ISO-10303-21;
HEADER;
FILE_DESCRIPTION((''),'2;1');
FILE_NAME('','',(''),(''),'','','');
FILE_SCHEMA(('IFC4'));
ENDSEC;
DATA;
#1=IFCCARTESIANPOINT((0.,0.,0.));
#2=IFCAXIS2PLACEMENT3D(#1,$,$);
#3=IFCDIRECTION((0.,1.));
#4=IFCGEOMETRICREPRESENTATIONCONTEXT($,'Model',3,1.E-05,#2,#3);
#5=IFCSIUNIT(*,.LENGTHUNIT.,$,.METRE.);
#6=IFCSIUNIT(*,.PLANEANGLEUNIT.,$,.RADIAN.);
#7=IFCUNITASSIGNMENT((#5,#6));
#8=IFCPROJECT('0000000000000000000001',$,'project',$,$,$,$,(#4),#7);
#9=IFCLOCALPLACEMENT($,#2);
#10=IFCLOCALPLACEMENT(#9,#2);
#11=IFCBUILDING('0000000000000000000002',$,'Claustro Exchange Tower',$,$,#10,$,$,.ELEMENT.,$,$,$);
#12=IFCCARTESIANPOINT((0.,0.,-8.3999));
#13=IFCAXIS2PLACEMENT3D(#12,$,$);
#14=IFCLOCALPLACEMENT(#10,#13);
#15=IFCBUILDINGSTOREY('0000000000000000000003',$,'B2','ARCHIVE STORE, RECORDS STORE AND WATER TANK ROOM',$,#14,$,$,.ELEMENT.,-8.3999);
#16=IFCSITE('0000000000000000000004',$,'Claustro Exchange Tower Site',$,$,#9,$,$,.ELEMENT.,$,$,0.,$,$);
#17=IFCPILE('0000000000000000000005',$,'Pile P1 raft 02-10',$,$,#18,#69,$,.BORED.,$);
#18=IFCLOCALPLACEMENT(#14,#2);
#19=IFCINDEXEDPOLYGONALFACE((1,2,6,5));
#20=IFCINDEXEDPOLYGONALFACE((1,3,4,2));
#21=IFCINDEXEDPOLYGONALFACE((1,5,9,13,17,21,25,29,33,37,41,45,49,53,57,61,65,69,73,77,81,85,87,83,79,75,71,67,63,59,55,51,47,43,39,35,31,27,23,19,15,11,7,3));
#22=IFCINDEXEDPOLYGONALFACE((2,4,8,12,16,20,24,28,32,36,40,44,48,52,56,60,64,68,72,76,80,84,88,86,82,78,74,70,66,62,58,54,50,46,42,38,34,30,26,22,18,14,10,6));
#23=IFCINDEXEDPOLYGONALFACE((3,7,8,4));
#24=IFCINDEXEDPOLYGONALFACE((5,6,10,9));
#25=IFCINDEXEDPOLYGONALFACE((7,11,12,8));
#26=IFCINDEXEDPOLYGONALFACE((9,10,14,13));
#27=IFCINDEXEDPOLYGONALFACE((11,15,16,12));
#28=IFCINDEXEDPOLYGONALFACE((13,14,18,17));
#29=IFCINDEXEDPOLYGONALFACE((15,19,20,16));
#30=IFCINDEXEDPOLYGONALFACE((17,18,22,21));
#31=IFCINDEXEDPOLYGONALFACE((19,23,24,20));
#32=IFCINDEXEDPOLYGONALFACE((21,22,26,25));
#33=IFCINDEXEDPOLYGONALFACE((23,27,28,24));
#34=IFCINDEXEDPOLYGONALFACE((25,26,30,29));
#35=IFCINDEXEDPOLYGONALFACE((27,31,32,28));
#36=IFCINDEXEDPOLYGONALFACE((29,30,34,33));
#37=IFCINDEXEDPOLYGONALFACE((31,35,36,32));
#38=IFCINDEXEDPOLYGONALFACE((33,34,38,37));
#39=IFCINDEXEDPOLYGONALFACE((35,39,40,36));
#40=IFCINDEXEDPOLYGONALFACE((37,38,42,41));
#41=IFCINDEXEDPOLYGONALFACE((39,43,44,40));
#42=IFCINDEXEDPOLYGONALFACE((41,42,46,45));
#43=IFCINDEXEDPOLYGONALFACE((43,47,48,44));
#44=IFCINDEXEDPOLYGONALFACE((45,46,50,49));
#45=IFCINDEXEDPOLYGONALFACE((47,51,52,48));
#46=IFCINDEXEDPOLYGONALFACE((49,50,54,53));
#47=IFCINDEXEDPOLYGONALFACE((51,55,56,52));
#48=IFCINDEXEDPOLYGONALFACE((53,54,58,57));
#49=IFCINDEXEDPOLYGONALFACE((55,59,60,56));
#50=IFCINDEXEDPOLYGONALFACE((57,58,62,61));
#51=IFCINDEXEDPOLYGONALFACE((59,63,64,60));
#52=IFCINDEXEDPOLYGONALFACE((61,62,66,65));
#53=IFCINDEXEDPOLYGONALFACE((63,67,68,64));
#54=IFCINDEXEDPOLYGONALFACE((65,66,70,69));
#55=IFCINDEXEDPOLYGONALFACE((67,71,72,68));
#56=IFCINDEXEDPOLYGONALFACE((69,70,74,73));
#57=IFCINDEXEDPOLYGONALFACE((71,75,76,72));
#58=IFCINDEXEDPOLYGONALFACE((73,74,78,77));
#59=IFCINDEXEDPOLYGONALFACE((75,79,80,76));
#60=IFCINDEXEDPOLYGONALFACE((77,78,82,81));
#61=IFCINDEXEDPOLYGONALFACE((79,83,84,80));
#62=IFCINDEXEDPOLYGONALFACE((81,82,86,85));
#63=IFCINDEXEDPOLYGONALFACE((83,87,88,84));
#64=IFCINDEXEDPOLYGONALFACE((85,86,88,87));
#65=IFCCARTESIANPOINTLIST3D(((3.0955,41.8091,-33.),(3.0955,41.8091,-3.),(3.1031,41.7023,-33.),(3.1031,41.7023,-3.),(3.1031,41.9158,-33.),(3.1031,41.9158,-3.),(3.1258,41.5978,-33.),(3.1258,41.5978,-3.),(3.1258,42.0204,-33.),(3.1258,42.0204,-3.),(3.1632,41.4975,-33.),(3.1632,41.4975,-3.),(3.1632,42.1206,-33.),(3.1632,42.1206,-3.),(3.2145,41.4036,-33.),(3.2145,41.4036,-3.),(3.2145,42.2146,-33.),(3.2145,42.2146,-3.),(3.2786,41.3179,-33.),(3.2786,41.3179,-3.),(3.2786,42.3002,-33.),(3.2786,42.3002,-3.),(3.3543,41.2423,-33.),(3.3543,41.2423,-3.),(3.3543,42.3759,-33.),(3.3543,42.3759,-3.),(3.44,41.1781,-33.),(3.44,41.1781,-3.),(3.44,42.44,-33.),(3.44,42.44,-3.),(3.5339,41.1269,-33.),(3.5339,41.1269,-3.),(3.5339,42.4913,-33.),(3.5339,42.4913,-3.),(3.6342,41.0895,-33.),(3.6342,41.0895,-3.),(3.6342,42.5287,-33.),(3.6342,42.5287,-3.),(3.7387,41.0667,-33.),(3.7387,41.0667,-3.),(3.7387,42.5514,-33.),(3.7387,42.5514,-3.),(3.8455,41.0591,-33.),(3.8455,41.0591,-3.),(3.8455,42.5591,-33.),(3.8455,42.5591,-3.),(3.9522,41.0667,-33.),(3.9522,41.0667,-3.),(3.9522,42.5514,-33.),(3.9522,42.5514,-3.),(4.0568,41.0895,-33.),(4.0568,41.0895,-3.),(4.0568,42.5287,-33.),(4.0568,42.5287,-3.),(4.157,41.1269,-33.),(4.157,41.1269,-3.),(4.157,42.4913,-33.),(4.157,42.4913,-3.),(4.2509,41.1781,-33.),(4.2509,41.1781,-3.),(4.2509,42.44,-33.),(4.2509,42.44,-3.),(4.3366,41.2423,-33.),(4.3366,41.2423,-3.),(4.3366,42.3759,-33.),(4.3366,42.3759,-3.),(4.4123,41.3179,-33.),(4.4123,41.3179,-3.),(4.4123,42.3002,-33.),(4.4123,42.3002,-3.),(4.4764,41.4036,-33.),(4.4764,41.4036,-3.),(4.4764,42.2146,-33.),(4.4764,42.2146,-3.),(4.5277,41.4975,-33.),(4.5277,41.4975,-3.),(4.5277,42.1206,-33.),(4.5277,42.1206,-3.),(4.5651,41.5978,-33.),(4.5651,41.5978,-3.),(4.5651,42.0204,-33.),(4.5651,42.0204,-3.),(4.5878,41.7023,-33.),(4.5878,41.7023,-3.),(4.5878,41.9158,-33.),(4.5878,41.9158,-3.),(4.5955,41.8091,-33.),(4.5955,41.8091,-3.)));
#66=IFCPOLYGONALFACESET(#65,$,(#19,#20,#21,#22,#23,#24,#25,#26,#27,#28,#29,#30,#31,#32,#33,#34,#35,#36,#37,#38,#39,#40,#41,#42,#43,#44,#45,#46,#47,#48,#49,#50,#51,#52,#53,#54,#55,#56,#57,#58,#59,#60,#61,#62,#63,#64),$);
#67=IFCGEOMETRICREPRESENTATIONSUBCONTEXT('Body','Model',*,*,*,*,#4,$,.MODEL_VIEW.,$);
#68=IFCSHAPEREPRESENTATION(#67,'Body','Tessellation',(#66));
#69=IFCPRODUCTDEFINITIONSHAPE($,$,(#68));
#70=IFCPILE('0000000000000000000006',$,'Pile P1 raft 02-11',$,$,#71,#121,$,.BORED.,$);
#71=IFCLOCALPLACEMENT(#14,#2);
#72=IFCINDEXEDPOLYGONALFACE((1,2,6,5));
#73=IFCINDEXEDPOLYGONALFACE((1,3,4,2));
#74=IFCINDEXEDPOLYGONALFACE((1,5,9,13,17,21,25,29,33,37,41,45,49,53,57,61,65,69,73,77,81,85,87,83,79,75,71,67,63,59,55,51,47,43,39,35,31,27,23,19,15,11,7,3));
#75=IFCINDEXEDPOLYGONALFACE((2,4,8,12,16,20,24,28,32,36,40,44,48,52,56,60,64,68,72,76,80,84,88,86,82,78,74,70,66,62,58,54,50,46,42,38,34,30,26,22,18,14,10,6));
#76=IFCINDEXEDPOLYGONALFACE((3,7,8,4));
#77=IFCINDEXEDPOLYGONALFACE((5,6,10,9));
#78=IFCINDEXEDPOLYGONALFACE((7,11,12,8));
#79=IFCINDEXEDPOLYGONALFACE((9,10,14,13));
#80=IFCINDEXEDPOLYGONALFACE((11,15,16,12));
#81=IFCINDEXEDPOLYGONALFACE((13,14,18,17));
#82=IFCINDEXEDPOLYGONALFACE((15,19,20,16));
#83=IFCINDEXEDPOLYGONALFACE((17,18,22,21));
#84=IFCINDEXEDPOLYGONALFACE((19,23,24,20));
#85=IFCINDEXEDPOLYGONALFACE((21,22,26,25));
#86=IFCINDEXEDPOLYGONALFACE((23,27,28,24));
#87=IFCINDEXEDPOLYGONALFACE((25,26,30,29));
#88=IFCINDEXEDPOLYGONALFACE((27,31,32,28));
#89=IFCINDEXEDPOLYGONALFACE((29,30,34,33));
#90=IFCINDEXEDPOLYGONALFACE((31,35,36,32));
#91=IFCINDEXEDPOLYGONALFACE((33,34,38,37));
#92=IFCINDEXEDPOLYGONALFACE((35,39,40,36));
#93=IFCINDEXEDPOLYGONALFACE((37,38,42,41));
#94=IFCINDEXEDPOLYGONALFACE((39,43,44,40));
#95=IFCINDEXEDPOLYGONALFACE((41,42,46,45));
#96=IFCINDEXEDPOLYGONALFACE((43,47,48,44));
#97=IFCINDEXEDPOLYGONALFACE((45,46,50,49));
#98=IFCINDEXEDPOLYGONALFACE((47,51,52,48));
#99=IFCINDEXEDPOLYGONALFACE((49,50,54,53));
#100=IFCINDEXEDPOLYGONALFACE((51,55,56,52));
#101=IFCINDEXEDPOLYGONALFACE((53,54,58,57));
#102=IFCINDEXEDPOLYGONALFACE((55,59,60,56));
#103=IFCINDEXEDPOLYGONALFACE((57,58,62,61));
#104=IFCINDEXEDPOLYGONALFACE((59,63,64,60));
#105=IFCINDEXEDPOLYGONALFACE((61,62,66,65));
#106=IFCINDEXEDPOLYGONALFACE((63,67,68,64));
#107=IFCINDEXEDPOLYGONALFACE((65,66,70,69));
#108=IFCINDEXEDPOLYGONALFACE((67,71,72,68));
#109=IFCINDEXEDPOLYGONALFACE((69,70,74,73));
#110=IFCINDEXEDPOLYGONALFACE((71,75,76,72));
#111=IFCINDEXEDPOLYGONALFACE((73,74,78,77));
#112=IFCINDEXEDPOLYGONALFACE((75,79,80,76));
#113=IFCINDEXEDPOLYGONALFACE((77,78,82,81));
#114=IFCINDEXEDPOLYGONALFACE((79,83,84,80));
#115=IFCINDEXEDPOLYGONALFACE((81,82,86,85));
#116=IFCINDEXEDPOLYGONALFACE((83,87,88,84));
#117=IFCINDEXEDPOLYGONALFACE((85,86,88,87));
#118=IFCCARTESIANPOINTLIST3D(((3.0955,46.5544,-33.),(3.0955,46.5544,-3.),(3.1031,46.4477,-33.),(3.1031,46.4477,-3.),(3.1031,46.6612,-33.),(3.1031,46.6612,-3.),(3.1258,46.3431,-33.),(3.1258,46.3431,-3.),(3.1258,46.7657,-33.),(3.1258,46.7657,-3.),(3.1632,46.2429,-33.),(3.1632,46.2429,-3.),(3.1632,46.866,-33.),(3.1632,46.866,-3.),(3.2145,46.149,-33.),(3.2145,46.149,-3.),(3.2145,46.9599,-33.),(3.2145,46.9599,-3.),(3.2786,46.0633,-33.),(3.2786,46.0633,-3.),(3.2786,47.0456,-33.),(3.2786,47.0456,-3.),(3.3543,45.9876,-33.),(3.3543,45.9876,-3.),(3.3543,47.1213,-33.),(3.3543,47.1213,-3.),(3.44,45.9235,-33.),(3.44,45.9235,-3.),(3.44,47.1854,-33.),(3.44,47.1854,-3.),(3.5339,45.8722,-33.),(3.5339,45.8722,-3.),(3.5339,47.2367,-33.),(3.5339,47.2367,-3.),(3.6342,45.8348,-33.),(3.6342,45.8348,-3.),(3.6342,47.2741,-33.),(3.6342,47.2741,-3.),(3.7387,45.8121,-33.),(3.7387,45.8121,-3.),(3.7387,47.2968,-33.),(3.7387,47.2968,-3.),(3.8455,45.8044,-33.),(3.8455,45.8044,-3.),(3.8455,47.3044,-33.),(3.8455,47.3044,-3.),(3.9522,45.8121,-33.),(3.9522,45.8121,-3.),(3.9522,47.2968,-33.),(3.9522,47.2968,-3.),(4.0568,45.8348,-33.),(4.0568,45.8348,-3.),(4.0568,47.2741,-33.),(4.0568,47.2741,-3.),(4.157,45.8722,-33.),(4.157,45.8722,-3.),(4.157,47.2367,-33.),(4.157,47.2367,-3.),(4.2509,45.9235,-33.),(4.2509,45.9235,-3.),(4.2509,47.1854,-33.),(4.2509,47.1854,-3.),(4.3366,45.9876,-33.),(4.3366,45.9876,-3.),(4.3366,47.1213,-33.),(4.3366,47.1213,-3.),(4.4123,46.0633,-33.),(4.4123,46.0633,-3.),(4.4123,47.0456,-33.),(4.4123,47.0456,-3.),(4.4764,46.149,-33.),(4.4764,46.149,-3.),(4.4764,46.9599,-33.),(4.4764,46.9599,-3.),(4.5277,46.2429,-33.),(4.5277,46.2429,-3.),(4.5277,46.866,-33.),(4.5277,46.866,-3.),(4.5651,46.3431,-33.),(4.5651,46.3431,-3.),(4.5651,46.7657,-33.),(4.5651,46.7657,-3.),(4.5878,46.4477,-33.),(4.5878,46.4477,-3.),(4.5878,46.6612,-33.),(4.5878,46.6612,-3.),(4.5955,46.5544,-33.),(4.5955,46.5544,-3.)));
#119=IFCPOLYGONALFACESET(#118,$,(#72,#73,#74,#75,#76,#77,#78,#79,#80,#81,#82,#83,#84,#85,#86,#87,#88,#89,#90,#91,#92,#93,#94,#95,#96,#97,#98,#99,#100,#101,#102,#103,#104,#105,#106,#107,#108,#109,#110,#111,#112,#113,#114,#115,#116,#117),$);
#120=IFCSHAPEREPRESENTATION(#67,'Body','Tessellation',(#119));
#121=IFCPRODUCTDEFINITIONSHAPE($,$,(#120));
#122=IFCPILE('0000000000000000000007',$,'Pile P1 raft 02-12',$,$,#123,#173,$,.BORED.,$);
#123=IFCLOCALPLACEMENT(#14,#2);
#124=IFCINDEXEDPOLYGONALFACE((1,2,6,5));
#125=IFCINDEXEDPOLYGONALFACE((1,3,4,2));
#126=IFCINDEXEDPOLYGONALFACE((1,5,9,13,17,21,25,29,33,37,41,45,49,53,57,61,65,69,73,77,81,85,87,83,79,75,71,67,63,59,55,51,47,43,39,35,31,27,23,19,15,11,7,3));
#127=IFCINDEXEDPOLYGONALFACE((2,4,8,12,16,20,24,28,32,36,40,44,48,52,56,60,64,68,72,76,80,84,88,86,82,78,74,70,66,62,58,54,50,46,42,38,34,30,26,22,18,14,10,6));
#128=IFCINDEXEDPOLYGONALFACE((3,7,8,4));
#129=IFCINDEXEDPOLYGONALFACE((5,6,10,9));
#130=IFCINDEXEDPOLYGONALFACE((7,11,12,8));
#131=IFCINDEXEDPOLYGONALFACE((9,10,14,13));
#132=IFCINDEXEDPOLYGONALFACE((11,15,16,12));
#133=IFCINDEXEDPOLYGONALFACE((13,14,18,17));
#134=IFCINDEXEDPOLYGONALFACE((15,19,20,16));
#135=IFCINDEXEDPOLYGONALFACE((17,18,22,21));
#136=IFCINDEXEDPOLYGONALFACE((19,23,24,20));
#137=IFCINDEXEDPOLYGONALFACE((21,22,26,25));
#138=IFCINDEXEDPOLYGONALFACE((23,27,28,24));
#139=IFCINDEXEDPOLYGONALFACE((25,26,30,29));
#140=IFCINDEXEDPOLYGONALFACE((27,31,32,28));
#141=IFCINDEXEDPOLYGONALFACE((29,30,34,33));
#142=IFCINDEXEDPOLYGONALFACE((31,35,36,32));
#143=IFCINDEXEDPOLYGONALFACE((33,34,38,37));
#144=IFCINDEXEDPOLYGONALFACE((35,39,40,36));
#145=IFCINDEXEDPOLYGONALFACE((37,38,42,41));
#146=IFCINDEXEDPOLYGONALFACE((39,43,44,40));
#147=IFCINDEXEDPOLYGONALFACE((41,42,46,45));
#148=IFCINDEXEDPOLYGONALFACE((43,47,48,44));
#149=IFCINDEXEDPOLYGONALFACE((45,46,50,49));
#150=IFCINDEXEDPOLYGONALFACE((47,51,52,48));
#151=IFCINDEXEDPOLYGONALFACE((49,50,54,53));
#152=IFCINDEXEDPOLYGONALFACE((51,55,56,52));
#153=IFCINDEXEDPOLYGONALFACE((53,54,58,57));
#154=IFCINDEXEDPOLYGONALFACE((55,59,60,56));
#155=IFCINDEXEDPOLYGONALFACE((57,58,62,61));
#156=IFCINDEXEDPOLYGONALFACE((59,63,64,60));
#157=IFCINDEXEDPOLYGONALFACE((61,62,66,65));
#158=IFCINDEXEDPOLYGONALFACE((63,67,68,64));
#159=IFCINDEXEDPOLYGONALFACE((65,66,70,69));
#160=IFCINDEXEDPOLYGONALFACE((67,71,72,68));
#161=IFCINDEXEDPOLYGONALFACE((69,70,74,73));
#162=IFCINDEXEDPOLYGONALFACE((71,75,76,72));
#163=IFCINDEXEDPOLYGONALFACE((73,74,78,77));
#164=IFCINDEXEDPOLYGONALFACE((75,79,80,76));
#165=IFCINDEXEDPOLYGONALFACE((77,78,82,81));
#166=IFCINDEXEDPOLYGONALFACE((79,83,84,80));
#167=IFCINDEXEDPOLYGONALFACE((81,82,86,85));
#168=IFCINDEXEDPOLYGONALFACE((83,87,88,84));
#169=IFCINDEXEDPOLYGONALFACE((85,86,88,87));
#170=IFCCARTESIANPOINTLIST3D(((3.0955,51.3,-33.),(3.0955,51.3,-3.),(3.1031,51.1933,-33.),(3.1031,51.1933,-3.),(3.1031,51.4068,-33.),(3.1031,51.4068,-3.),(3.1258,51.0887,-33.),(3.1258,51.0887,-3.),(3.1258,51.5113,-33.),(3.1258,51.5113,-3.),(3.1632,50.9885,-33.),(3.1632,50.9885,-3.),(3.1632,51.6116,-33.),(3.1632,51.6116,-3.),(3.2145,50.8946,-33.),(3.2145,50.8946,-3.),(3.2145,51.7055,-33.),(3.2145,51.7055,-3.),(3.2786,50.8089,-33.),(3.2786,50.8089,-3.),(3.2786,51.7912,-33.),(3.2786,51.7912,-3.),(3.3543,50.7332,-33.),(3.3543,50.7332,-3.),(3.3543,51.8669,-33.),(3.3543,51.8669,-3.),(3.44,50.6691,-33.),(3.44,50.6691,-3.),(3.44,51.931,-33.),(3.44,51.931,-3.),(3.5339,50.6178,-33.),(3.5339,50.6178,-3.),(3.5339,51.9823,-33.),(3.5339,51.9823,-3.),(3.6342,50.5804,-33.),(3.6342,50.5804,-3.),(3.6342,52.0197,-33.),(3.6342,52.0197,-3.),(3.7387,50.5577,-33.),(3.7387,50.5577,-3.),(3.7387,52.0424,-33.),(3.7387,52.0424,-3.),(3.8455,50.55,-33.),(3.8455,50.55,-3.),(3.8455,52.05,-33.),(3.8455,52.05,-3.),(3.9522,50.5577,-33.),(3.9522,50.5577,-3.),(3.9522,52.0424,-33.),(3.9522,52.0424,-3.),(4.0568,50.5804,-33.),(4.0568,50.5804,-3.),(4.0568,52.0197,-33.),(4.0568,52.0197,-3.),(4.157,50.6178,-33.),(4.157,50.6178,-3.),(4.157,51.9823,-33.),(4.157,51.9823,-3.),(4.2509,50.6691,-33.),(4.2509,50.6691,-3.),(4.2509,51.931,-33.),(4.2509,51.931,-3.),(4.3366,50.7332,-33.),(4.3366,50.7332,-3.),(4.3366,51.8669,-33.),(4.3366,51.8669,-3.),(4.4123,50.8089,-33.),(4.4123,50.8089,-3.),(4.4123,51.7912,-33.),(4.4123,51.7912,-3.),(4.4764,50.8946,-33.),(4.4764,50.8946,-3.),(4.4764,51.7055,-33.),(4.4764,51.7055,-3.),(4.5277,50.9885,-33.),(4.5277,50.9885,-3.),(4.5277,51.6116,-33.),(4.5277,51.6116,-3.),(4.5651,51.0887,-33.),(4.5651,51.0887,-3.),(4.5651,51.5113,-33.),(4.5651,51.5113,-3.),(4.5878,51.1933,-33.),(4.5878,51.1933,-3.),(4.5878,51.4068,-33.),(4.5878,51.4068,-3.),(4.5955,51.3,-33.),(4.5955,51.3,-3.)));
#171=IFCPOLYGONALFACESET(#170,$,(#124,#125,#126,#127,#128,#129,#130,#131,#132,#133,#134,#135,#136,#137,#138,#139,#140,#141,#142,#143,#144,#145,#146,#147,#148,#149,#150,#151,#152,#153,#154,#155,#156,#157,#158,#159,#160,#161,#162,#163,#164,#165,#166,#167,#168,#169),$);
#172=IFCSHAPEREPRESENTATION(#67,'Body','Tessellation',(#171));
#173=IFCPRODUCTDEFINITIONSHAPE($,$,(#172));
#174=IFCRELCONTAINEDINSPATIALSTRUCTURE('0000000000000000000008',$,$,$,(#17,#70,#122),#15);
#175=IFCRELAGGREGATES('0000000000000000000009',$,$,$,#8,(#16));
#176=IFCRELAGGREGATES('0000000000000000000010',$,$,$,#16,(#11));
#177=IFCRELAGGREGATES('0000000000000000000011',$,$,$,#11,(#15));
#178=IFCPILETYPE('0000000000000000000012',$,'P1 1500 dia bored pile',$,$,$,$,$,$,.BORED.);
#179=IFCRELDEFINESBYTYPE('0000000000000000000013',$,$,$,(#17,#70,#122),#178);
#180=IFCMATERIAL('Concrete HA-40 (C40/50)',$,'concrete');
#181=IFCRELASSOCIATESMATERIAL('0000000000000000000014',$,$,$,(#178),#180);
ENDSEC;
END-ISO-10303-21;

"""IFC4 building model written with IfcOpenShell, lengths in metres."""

from ifc_helpers import new_model, si_unit, direction, frame, origin, origin_2d, place, context, subcontext, project, spatial, circle, extrude, material, type_object, element, save


model = new_model("IFC4")

# Units and contexts
model_context = context("Model", 3, precision=1e-05, world=origin(), true_north=direction((0.0, 1.0)))
body_context = subcontext(model_context, "Body", "Model", "MODEL_VIEW")
ifc_project = project(units=[si_unit("LENGTHUNIT", "METRE"), si_unit("PLANEANGLEUNIT", "RADIAN")], contexts=[model_context])

# Site, building, storey
site_placement = place(None, origin())
site = spatial("IfcSite", under=ifc_project, at=site_placement, Name="Claustro Exchange Tower Site", CompositionType="ELEMENT", RefElevation=0.0)
building_placement = place(site_placement, origin())
building = spatial("IfcBuilding", under=site, at=building_placement, Name="Claustro Exchange Tower", CompositionType="ELEMENT")
storey_placement = place(building_placement, frame((0.0, 0.0, -8.3999)))
storey = spatial("IfcBuildingStorey", under=building, at=storey_placement, Name="B2", Description="ARCHIVE STORE, RECORDS STORE AND WATER TANK ROOM", CompositionType="ELEMENT", Elevation=-8.3999)

# Piles
ifc_material_1 = material(Name="Concrete HA-40 (C40/50)", Category="concrete")
pile_type_1 = type_object("IfcPileType", Name="P1 1500 dia bored pile", PredefinedType="BORED", material=ifc_material_1)
for number, where, z_axis, x_axis, name in (
    (1, (3.8455, 41.8091, -3.0), (0.0, 0.0, -1.0), (1.0, 0.0, 0.0), "Pile P1 raft 02-10"),
    (2, (3.8455, 46.5544, -3.0), (0.0, 0.0, -1.0), (1.0, 0.0, 0.0), "Pile P1 raft 02-11"),
    (3, (3.8455, 51.3, -3.0), (0.0, 0.0, -1.0), (1.0, 0.0, 0.0), "Pile P1 raft 02-12"),
):
    element("IfcPile", number, at=place(storey_placement, frame(where, z_axis=z_axis, x_axis=x_axis)), inside=storey, type_object=pile_type_1, Name=name, PredefinedType="BORED", context=body_context, shape_type="SweptSolid", body=[
        extrude(circle(Radius=0.75, at=origin_2d()), origin(), (0.0, 0.0, 1.0), 30.0),
    ])

save(model, "model.ifc")
